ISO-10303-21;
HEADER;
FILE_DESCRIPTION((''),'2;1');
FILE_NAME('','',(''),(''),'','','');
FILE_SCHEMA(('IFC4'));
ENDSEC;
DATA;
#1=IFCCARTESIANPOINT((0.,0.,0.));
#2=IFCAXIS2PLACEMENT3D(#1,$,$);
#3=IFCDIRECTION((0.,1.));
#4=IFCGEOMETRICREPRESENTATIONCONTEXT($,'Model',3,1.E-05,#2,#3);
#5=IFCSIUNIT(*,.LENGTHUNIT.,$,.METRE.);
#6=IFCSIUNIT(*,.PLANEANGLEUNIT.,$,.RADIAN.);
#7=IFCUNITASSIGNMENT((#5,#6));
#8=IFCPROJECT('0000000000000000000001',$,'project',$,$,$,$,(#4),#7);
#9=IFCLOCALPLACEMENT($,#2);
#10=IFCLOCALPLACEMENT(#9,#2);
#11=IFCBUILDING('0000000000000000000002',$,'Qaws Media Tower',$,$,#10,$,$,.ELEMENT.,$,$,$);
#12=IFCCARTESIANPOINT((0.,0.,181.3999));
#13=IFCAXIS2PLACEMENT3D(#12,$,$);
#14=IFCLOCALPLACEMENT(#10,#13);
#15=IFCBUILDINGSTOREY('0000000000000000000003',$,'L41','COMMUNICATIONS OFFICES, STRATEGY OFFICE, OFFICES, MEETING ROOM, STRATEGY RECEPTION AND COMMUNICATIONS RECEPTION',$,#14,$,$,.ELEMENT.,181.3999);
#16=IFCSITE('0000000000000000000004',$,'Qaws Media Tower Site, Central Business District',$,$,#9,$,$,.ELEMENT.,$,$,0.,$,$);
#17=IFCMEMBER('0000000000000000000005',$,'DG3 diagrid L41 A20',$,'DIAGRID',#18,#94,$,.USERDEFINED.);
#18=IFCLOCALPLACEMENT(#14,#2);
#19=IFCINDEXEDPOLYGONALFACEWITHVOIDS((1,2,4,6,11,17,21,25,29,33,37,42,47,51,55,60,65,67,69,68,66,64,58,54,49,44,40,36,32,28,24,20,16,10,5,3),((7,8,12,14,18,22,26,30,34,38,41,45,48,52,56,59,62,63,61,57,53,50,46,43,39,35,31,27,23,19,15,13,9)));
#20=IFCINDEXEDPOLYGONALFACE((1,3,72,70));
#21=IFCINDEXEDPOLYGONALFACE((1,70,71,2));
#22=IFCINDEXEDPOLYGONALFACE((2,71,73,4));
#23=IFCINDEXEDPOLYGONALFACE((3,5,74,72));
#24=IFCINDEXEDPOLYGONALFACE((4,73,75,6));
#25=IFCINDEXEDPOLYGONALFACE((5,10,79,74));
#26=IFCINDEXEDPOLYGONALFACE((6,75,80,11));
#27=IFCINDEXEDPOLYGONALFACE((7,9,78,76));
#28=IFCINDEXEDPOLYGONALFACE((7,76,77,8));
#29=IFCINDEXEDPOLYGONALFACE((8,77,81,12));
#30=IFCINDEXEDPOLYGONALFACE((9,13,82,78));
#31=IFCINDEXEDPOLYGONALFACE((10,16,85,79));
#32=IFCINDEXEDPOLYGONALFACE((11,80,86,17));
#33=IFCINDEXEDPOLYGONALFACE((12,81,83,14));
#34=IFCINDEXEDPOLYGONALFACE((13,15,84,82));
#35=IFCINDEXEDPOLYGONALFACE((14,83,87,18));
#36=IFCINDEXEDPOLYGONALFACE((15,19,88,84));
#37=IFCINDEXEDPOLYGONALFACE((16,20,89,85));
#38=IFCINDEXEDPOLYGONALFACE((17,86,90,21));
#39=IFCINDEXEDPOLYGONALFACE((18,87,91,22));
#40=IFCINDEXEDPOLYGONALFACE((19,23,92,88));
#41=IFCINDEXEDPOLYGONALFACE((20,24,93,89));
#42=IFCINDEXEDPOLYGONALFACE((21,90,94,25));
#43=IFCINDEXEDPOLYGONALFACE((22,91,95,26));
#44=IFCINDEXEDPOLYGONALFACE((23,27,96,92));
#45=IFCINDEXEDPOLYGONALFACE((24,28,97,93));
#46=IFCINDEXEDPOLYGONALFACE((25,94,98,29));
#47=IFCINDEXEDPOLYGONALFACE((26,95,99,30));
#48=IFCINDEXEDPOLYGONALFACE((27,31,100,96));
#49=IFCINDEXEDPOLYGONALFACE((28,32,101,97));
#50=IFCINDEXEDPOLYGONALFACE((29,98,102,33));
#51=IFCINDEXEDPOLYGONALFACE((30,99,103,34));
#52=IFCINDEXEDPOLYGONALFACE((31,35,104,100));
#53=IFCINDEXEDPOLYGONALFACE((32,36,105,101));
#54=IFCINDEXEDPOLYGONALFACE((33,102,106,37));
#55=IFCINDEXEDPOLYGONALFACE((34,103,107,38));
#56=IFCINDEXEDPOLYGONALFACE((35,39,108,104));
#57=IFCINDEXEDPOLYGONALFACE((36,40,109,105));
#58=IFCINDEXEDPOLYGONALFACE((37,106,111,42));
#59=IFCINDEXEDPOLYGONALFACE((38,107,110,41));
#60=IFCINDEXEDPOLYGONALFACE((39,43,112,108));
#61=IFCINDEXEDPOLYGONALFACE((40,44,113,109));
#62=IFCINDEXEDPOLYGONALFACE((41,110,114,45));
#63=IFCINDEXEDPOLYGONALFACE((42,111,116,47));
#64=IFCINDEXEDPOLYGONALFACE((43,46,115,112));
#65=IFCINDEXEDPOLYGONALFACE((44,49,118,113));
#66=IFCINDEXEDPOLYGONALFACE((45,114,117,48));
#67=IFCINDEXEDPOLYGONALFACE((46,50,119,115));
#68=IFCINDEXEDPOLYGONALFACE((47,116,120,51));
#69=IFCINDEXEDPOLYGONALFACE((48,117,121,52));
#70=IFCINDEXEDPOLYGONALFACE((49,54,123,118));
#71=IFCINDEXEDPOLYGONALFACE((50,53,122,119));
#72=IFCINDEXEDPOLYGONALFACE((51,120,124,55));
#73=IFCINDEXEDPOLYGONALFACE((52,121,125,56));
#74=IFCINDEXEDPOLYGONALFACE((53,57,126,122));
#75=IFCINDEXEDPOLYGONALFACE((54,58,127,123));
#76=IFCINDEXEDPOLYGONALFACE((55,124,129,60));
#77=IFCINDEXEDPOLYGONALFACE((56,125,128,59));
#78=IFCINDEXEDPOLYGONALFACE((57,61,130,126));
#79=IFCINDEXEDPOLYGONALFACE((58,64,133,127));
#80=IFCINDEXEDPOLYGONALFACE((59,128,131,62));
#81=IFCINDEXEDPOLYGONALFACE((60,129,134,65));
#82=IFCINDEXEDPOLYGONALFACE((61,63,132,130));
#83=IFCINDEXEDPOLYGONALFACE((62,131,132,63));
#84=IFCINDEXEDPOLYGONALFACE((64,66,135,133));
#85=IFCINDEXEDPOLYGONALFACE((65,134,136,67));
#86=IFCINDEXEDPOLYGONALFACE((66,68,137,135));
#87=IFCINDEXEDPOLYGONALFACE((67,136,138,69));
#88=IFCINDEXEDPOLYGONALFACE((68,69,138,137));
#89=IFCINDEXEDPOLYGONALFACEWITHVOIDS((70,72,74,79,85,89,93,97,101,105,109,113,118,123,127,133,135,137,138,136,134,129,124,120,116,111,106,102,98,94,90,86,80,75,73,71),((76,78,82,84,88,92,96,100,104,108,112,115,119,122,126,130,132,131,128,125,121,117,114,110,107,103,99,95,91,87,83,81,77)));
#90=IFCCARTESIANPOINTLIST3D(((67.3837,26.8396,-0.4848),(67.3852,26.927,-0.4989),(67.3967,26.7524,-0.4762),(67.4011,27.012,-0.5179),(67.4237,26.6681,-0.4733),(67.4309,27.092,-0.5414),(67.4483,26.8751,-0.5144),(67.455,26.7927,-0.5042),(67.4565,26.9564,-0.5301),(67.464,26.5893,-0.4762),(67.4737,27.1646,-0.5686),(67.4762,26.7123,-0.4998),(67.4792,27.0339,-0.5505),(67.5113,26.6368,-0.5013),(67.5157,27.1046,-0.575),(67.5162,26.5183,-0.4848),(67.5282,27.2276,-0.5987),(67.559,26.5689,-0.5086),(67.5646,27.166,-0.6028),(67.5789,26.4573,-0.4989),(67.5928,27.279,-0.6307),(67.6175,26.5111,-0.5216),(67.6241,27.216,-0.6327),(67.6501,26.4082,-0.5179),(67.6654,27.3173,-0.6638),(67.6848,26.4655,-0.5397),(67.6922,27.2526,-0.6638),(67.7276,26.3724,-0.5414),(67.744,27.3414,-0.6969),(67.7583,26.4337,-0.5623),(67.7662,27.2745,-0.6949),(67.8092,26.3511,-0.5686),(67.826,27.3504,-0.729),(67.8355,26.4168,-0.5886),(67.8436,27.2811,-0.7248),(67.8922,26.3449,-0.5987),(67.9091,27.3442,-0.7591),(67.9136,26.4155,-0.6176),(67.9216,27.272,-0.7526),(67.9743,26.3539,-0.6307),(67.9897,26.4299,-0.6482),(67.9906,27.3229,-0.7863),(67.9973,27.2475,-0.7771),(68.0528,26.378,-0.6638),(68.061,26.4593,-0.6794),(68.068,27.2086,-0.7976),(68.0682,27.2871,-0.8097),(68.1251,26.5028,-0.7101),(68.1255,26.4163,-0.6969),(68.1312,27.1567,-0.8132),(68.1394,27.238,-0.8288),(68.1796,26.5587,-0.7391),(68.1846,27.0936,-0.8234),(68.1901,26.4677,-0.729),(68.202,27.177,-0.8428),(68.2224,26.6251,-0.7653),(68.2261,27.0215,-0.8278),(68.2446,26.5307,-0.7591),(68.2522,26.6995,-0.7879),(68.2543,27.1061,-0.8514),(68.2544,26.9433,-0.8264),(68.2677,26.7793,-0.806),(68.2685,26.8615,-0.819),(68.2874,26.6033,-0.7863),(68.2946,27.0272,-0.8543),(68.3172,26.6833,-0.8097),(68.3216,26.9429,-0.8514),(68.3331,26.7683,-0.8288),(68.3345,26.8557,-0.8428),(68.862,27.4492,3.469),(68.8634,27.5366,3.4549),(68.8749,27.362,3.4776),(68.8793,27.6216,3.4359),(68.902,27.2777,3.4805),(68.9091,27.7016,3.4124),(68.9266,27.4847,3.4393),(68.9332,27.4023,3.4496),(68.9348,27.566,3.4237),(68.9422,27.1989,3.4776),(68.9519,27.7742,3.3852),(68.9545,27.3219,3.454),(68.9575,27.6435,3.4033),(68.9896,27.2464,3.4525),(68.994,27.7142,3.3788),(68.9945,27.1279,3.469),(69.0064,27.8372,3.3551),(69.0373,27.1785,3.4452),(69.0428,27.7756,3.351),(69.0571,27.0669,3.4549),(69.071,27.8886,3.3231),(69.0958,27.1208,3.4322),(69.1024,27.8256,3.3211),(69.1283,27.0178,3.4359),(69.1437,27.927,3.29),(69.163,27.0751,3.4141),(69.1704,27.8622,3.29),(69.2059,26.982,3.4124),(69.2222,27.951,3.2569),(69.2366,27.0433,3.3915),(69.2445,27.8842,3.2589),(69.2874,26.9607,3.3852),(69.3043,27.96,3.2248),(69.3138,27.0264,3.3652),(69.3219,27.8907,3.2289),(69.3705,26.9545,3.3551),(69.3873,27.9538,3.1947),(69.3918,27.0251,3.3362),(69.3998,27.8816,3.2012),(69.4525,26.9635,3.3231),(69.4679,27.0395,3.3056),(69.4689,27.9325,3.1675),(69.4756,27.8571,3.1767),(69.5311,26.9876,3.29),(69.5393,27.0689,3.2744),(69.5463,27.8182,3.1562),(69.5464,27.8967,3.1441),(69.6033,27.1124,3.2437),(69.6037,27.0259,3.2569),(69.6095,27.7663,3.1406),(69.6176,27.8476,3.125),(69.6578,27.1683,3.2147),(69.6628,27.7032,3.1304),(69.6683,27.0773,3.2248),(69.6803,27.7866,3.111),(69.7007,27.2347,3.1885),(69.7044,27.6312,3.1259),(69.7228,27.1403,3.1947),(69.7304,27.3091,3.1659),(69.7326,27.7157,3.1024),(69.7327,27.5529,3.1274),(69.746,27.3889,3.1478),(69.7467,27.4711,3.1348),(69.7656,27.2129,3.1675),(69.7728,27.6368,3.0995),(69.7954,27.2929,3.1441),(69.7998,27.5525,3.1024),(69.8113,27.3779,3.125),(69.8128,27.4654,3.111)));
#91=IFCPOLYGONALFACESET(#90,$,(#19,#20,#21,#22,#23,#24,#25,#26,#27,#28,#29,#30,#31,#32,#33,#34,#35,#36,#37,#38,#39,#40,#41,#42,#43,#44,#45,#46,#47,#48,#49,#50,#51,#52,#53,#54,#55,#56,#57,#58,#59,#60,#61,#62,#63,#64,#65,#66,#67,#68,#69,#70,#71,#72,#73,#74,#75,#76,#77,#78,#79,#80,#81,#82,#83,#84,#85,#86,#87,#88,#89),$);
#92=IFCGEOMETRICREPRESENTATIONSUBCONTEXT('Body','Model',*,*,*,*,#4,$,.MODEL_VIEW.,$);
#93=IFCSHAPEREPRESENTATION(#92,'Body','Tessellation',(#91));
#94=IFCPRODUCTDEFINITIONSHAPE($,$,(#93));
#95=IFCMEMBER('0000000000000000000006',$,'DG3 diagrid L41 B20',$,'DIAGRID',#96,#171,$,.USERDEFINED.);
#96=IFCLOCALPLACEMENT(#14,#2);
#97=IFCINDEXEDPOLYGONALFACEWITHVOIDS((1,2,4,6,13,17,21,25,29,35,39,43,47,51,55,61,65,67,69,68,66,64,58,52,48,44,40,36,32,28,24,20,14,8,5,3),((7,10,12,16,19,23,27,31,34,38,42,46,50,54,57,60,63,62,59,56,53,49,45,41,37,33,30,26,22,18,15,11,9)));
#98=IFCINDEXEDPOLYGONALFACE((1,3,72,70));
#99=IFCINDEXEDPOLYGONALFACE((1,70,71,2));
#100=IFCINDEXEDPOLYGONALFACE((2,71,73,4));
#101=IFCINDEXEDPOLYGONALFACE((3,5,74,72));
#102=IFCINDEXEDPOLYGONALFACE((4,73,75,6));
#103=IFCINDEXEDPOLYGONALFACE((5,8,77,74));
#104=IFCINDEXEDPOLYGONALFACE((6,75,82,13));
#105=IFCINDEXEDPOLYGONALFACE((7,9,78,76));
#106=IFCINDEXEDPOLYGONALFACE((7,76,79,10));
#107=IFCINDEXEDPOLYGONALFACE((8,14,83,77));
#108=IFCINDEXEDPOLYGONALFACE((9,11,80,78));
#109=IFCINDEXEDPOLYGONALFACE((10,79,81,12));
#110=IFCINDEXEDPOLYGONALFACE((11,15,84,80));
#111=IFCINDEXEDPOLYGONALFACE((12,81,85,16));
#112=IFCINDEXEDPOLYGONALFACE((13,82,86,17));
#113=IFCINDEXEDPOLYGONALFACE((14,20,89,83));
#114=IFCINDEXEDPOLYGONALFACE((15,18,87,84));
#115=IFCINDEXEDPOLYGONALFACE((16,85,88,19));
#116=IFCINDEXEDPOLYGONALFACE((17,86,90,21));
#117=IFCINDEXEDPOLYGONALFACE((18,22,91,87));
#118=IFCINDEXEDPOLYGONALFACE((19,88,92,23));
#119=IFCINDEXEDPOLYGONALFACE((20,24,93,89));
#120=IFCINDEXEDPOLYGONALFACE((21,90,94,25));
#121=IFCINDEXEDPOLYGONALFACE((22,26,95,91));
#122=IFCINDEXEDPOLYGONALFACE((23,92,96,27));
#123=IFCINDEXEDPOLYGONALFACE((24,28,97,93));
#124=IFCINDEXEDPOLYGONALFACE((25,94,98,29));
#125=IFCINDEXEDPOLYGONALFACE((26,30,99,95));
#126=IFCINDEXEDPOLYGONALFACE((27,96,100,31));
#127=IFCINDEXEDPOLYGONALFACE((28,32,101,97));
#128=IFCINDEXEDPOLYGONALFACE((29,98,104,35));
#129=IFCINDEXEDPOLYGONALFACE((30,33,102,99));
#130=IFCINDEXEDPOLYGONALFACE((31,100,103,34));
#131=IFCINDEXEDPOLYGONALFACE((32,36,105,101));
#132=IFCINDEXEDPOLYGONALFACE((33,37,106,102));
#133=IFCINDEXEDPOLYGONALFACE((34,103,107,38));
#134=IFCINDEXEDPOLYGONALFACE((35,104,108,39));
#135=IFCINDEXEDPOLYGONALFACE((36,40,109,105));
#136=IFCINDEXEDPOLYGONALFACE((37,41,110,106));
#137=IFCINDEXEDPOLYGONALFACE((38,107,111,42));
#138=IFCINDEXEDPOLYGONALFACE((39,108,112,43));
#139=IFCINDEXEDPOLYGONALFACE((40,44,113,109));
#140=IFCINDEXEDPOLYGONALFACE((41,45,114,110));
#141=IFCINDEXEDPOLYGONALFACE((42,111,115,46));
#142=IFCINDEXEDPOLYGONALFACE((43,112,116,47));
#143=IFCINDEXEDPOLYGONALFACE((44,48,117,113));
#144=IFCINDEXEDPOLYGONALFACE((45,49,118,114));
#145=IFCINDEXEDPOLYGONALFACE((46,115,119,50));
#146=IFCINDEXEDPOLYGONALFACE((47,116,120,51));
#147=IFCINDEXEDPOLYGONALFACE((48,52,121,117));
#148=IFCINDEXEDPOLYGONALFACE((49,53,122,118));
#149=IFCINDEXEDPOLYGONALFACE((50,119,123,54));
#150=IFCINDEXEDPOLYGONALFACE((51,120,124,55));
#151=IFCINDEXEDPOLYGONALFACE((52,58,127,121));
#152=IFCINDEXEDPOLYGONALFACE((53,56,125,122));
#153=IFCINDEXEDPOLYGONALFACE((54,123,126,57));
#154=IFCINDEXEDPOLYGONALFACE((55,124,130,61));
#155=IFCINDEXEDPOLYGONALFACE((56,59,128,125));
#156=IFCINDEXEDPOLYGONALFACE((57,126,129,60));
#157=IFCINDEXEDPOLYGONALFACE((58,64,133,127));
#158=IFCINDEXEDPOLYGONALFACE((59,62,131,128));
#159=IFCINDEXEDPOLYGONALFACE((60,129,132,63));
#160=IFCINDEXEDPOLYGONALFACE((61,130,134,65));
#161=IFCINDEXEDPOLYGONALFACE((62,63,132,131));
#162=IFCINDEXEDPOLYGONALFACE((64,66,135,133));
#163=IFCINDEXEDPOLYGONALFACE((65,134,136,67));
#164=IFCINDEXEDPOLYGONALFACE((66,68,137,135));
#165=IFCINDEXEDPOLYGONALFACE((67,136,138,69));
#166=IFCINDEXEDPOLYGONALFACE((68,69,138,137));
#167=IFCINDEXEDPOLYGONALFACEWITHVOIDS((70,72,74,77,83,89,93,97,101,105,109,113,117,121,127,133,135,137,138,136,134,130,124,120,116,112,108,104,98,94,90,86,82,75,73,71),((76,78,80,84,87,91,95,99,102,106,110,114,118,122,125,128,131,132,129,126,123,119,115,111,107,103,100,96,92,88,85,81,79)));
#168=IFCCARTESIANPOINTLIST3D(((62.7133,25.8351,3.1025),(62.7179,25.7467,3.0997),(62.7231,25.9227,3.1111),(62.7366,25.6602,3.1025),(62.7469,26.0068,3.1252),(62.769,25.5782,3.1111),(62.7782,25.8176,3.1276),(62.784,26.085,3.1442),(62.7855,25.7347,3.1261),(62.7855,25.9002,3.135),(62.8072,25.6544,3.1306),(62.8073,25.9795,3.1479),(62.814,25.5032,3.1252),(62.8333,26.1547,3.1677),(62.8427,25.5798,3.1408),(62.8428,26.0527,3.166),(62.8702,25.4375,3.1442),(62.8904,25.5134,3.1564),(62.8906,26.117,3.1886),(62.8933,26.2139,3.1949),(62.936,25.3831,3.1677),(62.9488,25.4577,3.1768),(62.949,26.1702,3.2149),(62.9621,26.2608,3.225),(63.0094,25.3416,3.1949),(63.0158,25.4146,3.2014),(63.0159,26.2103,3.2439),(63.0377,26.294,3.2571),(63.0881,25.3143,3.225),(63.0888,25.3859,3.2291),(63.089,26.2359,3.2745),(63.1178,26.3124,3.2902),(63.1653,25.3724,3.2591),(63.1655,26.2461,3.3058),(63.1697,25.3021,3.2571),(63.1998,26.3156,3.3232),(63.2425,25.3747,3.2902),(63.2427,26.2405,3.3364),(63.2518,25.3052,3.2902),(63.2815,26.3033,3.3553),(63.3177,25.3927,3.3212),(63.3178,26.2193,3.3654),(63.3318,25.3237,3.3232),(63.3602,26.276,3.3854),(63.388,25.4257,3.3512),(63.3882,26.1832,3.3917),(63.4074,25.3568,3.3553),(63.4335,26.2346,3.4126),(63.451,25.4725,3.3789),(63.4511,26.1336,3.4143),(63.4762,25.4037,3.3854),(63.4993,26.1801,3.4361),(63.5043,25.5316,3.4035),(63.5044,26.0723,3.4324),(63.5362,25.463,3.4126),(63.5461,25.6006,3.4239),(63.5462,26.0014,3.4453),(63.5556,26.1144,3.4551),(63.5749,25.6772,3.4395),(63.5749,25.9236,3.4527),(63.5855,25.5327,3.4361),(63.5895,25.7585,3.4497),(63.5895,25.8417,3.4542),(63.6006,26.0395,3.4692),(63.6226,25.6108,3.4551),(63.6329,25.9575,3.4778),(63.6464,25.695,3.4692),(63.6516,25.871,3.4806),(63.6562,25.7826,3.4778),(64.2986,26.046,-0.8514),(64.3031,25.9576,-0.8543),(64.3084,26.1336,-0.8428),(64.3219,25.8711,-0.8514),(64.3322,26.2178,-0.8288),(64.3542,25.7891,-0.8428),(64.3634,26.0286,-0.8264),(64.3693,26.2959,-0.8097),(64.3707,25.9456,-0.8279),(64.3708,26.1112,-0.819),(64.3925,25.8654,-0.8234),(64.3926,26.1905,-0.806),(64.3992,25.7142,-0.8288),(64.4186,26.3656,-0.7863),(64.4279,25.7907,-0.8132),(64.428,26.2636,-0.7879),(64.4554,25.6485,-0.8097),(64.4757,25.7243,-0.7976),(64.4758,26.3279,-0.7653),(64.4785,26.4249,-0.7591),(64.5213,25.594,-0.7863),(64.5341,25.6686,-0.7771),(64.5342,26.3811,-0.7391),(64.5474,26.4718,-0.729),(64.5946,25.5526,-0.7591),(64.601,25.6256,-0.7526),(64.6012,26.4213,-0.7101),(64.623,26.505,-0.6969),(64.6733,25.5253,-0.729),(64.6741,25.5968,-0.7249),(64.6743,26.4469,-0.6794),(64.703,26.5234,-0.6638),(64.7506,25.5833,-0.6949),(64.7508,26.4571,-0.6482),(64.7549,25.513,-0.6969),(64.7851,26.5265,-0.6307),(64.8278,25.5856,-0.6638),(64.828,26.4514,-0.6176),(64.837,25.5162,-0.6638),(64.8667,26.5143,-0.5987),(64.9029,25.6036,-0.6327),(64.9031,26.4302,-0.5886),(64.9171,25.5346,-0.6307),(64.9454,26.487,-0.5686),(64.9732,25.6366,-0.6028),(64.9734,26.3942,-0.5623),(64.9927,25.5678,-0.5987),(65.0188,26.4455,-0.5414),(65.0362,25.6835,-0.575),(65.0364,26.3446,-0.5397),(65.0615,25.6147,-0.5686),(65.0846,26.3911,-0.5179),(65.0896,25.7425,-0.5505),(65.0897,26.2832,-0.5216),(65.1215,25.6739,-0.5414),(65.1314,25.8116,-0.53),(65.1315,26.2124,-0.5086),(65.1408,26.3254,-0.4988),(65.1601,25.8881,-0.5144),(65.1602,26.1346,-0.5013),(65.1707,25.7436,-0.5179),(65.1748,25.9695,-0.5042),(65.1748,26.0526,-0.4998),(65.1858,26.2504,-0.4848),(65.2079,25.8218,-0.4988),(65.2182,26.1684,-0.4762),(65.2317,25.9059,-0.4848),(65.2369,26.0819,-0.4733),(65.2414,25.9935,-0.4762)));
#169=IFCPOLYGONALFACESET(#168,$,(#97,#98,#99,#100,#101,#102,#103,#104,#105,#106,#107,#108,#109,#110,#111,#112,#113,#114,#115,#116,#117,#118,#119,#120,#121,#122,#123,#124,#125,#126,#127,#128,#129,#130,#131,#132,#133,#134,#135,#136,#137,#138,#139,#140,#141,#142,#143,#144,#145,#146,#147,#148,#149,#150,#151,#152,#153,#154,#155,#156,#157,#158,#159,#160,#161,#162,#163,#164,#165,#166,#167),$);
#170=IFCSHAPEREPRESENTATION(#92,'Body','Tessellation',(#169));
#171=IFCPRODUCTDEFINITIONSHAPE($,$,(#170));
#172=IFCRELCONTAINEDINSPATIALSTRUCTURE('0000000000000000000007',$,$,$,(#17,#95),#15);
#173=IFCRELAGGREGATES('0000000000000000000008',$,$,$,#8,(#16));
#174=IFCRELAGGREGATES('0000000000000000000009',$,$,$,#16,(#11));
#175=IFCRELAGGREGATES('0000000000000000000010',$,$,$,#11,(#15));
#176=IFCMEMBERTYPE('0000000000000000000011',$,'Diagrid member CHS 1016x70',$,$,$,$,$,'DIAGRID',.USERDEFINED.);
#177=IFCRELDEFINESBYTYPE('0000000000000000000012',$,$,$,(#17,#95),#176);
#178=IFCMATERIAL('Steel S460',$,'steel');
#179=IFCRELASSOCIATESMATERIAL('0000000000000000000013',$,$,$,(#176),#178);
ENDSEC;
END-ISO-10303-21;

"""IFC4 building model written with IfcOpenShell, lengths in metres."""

from ifc_helpers import new_model, si_unit, direction, frame, origin, origin_2d, place, context, subcontext, project, spatial, hollow_circle, extrude, material, material_profile, profile_set, type_object, element, save


model = new_model("IFC4")

# Units and contexts
model_context = context("Model", 3, precision=1e-05, world=origin(), true_north=direction((0.0, 1.0)))
body_context = subcontext(model_context, "Body", "Model", "MODEL_VIEW")
ifc_project = project(units=[si_unit("LENGTHUNIT", "METRE"), si_unit("PLANEANGLEUNIT", "RADIAN")], contexts=[model_context])

# Site, building, storey
site_placement = place(None, origin())
site = spatial("IfcSite", under=ifc_project, at=site_placement, Name="Qaws Media Tower Site, Central Business District", CompositionType="ELEMENT", RefElevation=0.0)
building_placement = place(site_placement, origin())
building = spatial("IfcBuilding", under=site, at=building_placement, Name="Qaws Media Tower", CompositionType="ELEMENT")
storey_placement = place(building_placement, frame((0.0, 0.0, 181.3999)))
storey = spatial("IfcBuildingStorey", under=building, at=storey_placement, Name="L41", Description="COMMUNICATIONS OFFICES, STRATEGY OFFICE, OFFICES, MEETING ROOM, STRATEGY RECEPTION AND COMMUNICATIONS RECEPTION", CompositionType="ELEMENT", Elevation=181.3999)

# Members
ifc_material_1 = material(Name="Steel S460", Category="steel")
ifc_material_profile_1 = material_profile(ifc_material_1, hollow_circle(Radius=0.5081, WallThickness=0.0701, at=origin_2d()), Name="CHS 1016x70")
ifc_profile_set_1 = profile_set([ifc_material_profile_1], Name="Steel S460")
member_type_1 = type_object("IfcMemberType", Name="Diagrid member CHS 1016x70", ElementType="DIAGRID", PredefinedType="USERDEFINED", material=ifc_profile_set_1)
for number, where, z_axis, x_axis, name in (
    (1, (67.8591, 26.8477, -0.6638), (0.346608, 0.142937, 0.927055), (-0.381241, 0.924476, 0.0), "DG3 diagrid L41 A20"),
):
    element("IfcMember", number, at=place(storey_placement, frame(where, z_axis=z_axis, x_axis=x_axis)), inside=storey, type_object=member_type_1, Name=name, ObjectType="DIAGRID", PredefinedType="USERDEFINED", context=body_context, shape_type="SweptSolid", body=[
        extrude(hollow_circle(Radius=0.5081, WallThickness=0.0701, at=origin_2d()), origin(), (0.0, 0.0, 1.0), 4.2649),
    ])
for number, where, z_axis, x_axis, name in (
    (2, (64.77, 26.0198, -0.6638), (-0.371676, -0.049458, 0.927044), (0.131904, -0.991263, 0.0), "DG3 diagrid L41 B20"),
):
    element("IfcMember", number, at=place(storey_placement, frame(where, z_axis=z_axis, x_axis=x_axis)), inside=storey, type_object=member_type_1, Name=name, ObjectType="DIAGRID", PredefinedType="USERDEFINED", context=body_context, shape_type="SweptSolid", body=[
        extrude(hollow_circle(Radius=0.5081, WallThickness=0.0701, at=origin_2d()), origin(), (0.0, 0.0, 1.0), 4.2651),
    ])

save(model, "model.ifc")
